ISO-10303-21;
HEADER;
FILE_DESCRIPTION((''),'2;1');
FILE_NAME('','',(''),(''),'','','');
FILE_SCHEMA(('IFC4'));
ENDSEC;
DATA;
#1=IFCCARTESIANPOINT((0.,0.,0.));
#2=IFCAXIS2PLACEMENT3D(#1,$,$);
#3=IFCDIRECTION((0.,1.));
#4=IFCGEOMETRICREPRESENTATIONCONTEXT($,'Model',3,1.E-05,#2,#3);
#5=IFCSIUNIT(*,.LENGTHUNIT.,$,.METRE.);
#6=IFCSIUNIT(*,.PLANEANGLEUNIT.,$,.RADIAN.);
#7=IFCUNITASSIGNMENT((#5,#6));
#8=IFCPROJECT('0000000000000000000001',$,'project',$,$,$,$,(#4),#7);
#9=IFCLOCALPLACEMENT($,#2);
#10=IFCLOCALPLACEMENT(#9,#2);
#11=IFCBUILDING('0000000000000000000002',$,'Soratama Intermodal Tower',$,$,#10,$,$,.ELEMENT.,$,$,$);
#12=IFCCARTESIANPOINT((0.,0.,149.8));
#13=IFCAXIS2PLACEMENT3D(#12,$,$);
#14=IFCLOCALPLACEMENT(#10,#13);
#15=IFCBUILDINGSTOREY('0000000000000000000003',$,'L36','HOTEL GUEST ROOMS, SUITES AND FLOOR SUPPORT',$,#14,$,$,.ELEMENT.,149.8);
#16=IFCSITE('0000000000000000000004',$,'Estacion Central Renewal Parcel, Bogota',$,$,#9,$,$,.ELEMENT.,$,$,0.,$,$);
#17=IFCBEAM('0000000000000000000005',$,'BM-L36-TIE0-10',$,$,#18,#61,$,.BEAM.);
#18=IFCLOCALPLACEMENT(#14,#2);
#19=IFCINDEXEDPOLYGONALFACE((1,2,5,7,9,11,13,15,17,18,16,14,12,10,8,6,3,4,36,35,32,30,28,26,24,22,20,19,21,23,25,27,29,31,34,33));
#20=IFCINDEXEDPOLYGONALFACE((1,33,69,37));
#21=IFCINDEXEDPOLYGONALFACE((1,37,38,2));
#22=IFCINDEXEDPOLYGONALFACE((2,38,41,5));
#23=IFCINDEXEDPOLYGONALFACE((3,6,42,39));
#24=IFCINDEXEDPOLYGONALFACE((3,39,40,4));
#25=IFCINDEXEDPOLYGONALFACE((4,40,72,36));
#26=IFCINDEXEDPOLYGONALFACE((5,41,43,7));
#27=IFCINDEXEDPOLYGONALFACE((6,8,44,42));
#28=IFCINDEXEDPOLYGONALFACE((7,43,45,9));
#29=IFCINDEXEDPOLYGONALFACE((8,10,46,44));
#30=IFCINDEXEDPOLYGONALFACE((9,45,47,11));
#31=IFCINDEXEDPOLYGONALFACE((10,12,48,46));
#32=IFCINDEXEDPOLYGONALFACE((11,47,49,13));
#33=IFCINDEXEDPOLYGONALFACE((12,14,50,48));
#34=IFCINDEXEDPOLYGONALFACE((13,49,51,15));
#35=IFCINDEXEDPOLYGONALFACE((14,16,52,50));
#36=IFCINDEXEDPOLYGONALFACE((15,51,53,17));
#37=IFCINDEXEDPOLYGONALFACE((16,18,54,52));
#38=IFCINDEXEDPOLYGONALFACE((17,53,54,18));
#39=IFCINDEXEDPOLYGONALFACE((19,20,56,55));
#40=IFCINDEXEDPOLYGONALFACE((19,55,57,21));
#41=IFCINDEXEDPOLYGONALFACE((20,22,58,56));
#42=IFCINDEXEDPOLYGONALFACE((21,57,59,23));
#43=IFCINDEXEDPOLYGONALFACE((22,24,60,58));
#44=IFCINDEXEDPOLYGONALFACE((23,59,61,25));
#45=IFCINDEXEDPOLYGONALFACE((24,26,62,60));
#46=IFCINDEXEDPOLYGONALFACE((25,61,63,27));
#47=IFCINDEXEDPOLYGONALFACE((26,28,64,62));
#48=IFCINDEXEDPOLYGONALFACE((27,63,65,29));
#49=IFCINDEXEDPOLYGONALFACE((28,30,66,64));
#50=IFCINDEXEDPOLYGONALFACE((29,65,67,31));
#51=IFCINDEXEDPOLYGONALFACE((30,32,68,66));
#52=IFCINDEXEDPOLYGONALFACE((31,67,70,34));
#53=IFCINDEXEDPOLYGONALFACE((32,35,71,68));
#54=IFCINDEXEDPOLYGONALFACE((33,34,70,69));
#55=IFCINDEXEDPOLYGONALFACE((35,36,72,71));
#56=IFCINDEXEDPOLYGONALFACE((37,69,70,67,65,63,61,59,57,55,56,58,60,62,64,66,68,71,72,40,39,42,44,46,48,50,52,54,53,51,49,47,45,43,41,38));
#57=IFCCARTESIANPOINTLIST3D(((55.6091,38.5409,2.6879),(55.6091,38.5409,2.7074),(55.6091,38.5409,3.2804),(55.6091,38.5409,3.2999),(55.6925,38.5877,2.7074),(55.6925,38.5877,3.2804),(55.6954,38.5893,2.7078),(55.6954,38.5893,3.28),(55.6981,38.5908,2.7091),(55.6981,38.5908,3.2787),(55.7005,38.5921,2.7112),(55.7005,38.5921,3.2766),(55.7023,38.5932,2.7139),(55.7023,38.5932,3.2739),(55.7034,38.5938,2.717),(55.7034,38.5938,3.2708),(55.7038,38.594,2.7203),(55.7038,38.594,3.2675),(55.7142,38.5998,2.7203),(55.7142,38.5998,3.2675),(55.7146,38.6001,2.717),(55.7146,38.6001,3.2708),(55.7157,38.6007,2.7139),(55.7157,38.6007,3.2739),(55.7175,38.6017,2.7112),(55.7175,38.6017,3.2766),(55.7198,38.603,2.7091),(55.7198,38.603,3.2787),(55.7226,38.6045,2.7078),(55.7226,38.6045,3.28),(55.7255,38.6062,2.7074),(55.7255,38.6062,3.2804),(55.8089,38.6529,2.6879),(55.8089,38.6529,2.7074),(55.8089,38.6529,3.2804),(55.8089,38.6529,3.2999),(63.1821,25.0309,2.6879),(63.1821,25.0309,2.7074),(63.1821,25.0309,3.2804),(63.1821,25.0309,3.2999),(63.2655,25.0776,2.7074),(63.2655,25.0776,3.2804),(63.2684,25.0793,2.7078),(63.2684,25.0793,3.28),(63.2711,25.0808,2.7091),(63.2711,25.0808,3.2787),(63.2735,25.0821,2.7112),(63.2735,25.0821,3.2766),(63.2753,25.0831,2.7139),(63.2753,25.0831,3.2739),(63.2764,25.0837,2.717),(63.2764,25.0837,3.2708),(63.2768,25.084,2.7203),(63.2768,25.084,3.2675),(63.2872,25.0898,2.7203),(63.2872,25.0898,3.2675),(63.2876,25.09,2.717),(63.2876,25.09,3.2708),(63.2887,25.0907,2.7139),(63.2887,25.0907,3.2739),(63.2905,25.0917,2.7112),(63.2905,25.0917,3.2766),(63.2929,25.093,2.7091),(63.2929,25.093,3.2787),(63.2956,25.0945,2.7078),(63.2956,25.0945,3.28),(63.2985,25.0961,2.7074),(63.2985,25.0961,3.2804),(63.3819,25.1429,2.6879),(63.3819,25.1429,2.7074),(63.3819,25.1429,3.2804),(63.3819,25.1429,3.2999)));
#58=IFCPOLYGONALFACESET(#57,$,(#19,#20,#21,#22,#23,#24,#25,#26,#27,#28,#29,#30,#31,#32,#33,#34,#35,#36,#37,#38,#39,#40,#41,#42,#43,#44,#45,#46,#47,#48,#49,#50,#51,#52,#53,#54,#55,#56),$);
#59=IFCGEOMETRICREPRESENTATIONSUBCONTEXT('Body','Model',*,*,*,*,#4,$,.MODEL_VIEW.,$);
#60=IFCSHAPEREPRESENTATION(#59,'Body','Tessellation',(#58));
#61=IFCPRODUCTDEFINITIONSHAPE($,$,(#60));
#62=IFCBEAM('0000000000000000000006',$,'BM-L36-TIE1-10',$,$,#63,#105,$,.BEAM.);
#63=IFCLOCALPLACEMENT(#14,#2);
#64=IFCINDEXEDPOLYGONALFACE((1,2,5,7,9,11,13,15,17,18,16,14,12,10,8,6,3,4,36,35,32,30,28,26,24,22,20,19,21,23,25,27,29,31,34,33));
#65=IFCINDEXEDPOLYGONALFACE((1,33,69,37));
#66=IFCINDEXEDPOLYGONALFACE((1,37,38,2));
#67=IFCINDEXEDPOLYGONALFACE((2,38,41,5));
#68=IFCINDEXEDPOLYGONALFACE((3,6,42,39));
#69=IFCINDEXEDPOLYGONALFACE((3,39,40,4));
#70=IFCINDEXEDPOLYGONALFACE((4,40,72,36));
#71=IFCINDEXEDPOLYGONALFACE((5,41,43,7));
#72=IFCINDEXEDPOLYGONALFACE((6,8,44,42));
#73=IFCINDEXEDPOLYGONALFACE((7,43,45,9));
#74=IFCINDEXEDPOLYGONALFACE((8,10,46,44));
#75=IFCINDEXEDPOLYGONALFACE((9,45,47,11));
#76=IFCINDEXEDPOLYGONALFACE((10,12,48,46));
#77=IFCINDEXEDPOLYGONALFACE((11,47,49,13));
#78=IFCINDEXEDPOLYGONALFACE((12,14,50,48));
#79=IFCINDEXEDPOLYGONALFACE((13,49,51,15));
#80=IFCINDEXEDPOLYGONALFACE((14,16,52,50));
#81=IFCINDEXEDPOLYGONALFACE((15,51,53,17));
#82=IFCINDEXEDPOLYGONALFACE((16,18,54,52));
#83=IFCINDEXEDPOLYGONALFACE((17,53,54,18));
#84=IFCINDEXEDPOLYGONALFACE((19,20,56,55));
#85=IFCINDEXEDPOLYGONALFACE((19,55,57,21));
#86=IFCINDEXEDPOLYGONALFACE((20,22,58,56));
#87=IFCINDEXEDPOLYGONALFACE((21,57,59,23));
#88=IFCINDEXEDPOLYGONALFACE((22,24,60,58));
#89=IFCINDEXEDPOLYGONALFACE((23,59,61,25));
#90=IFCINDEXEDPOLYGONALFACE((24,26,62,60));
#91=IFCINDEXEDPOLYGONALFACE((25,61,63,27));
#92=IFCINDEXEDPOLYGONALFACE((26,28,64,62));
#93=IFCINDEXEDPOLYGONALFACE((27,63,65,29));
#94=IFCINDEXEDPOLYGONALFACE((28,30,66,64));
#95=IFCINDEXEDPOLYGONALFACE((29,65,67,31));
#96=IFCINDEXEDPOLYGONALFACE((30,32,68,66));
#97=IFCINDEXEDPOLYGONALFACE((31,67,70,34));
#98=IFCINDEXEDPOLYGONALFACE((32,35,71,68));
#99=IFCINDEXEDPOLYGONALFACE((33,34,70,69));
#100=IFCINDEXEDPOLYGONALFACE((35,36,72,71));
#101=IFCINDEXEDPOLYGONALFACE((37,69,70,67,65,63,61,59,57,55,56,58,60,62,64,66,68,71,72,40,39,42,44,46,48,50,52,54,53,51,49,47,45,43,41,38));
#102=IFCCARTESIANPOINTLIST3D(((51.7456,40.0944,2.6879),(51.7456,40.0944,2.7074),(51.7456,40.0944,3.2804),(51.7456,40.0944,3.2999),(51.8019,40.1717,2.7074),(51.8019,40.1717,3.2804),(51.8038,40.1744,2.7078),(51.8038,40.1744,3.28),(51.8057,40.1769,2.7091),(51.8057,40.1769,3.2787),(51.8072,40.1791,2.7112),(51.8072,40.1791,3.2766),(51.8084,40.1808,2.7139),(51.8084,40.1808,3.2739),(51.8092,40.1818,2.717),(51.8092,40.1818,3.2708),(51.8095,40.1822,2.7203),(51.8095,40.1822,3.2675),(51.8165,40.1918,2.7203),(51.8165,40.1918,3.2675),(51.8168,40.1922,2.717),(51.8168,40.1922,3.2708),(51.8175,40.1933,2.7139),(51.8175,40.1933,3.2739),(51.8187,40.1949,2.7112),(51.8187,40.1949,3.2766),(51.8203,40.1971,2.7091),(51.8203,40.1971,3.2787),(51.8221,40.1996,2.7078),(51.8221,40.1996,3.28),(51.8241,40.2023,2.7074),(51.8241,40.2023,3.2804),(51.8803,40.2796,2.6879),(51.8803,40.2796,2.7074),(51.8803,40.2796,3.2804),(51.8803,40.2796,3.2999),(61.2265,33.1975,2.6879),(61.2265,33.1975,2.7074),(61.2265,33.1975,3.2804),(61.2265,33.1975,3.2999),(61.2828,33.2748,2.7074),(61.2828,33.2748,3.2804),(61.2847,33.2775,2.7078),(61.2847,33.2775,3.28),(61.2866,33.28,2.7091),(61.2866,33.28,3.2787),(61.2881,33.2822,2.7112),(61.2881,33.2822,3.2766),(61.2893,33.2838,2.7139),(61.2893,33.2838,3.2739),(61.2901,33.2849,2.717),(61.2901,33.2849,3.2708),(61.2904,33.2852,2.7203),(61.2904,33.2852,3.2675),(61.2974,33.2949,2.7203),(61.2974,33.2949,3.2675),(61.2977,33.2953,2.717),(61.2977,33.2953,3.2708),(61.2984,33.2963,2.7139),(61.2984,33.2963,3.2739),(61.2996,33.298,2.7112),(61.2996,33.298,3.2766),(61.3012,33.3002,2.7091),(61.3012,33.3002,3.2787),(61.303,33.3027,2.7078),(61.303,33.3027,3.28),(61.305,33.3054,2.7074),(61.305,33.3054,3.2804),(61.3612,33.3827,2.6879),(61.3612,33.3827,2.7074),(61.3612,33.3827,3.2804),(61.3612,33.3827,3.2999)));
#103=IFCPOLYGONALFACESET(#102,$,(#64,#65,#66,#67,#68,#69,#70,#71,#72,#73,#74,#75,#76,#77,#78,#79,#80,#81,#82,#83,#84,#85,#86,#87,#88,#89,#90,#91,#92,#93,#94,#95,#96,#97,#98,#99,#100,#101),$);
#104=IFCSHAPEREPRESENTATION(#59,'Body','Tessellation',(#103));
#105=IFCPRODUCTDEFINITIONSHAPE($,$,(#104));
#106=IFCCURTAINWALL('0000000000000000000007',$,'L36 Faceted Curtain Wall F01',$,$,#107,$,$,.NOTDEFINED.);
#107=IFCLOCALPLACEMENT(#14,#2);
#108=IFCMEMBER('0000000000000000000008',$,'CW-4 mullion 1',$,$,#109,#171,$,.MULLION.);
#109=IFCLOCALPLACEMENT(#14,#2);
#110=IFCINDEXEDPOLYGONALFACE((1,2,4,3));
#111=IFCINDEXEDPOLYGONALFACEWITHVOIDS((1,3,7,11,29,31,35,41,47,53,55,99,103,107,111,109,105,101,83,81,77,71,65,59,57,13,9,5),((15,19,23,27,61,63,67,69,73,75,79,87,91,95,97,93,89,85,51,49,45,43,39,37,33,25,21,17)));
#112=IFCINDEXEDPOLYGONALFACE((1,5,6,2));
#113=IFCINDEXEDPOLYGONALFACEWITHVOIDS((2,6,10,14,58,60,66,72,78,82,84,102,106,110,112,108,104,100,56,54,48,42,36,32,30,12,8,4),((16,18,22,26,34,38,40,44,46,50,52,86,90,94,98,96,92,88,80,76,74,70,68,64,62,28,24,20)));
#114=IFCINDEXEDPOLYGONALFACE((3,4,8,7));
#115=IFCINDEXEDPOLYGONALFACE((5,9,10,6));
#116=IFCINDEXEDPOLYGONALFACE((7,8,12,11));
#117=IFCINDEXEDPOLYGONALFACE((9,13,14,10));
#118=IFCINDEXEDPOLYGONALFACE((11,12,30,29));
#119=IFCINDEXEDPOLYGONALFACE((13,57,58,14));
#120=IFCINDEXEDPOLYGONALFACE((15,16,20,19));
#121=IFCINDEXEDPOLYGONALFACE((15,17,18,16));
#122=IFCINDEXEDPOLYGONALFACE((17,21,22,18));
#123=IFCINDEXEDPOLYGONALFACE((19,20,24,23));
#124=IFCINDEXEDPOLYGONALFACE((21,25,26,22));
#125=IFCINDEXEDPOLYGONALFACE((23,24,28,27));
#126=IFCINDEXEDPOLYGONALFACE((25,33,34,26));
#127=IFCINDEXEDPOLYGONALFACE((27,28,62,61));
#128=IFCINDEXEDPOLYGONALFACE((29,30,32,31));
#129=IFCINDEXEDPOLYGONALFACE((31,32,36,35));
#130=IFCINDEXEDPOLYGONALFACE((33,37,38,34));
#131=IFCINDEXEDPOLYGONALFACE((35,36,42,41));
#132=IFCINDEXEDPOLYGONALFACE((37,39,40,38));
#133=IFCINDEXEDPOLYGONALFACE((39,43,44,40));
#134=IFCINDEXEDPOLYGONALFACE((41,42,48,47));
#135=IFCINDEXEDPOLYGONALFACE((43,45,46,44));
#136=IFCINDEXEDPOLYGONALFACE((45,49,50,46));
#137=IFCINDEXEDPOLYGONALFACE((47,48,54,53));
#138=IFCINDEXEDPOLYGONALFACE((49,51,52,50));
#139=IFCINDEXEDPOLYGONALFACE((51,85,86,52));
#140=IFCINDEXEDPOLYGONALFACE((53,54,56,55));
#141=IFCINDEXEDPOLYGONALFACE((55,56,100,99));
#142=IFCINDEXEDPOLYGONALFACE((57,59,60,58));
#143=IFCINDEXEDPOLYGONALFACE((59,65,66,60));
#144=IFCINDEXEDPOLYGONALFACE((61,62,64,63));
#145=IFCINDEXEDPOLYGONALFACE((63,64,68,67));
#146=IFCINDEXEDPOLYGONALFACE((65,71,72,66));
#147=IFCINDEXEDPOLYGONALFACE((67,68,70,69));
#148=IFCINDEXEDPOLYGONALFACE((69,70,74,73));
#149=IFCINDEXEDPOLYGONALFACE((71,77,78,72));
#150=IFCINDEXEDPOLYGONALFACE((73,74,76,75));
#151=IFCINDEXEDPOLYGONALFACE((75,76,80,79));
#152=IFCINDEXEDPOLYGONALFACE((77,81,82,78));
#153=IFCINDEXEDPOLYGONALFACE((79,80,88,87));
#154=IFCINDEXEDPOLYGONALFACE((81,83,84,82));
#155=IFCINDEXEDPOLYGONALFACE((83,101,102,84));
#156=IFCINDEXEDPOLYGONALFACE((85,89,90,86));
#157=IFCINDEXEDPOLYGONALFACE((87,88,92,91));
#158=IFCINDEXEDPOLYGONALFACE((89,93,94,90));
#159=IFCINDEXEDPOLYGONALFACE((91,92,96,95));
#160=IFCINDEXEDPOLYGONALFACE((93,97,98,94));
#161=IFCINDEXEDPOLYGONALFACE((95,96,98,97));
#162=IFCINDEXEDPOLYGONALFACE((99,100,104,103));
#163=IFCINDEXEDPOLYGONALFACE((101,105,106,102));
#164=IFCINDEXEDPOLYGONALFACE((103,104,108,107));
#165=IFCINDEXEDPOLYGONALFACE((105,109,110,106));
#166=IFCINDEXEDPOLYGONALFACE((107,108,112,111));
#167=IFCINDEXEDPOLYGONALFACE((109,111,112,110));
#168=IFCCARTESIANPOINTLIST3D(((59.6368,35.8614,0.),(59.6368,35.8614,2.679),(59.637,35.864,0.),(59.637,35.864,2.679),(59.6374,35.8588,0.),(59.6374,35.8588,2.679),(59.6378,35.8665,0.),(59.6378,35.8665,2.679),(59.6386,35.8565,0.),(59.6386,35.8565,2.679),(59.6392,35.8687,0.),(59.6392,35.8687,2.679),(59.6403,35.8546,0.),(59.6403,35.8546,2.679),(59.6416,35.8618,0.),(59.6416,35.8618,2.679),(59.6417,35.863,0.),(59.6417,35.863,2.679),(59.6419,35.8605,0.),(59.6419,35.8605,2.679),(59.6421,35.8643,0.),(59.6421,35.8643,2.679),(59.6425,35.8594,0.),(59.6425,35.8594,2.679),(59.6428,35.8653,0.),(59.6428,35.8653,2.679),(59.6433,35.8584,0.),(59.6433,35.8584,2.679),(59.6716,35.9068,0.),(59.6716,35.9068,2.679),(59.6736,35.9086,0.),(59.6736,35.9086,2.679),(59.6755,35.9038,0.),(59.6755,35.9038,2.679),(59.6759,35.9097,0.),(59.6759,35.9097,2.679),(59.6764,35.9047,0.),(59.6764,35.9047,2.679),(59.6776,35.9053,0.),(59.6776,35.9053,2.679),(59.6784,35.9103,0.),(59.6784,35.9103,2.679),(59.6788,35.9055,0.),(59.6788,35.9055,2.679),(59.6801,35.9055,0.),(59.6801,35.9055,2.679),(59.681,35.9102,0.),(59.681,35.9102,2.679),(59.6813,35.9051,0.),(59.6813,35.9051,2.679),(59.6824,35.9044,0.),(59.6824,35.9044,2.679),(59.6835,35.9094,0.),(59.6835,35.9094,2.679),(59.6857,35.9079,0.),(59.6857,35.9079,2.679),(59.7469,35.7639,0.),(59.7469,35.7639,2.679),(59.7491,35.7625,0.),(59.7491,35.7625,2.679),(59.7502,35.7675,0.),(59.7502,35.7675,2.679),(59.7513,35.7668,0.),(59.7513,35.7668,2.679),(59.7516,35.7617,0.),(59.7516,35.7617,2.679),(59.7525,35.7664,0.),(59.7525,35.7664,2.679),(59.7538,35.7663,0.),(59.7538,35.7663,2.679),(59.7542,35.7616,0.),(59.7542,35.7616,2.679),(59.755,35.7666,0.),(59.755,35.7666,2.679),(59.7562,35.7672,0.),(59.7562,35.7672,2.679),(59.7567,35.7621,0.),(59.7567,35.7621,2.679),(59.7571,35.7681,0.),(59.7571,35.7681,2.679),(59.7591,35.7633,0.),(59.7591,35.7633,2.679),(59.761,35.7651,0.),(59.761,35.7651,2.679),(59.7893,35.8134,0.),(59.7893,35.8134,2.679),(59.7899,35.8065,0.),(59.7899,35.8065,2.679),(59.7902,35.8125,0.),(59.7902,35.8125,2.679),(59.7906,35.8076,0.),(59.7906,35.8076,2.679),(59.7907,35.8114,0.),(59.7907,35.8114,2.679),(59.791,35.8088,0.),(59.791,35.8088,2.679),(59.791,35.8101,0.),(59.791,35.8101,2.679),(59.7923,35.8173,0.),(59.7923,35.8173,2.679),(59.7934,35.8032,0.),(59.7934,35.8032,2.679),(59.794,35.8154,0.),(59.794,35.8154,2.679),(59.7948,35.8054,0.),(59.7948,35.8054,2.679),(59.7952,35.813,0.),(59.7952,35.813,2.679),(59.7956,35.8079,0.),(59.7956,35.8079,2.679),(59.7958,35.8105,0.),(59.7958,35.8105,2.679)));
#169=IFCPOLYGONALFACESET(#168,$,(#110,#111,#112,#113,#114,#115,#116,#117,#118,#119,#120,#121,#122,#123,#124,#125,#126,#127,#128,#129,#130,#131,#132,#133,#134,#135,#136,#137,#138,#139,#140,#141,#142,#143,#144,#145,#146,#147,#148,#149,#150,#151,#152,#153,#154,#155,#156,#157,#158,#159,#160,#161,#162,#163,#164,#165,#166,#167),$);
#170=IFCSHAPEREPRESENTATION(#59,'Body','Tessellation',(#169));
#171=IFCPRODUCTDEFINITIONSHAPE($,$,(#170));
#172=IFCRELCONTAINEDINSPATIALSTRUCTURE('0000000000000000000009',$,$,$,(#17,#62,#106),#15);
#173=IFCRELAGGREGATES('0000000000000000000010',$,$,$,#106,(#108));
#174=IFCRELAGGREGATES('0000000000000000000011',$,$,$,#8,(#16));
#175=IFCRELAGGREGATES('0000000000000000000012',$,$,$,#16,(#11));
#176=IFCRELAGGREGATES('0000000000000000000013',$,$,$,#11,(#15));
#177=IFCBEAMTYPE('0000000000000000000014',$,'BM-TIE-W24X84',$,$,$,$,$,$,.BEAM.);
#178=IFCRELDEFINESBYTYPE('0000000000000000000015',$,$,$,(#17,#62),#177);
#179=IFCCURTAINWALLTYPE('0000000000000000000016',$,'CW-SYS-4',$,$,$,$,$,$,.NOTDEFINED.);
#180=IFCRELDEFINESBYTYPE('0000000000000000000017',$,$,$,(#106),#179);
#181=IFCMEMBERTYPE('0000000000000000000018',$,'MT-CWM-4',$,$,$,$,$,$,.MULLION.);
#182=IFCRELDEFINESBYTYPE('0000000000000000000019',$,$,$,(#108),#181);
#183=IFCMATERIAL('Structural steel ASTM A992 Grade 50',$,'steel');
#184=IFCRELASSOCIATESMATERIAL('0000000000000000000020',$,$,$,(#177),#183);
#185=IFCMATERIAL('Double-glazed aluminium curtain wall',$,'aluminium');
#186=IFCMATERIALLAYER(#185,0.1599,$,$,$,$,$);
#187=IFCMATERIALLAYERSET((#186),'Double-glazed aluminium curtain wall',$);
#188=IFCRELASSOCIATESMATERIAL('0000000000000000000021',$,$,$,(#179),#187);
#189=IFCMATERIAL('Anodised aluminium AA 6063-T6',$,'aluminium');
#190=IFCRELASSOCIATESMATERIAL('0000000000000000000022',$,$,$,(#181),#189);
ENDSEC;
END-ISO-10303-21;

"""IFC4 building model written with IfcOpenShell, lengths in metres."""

from ifc_helpers import new_model, si_unit, direction, frame, origin, origin_2d, place, context, subcontext, project, spatial, hollow_rectangle, i_section, extrude, material, layer, layer_set, material_profile, profile_set, type_object, element, aggregate, save


model = new_model("IFC4")

# Units and contexts
model_context = context("Model", 3, precision=1e-05, world=origin(), true_north=direction((0.0, 1.0)))
body_context = subcontext(model_context, "Body", "Model", "MODEL_VIEW")
ifc_project = project(units=[si_unit("LENGTHUNIT", "METRE"), si_unit("PLANEANGLEUNIT", "RADIAN")], contexts=[model_context])

# Site, building, storey
site_placement = place(None, origin())
site = spatial("IfcSite", under=ifc_project, at=site_placement, Name="Estacion Central Renewal Parcel, Bogota", CompositionType="ELEMENT", RefElevation=0.0)
building_placement = place(site_placement, origin())
building = spatial("IfcBuilding", under=site, at=building_placement, Name="Soratama Intermodal Tower", CompositionType="ELEMENT")
storey_placement = place(building_placement, frame((0.0, 0.0, 149.8)))
storey = spatial("IfcBuildingStorey", under=building, at=storey_placement, Name="L36", Description="HOTEL GUEST ROOMS, SUITES AND FLOOR SUPPORT", CompositionType="ELEMENT", Elevation=149.8)

# Beams
ifc_material_1 = material(Name="Structural steel ASTM A992 Grade 50", Category="steel")
ifc_material_profile_1 = material_profile(ifc_material_1, i_section(OverallWidth=0.229, OverallDepth=0.6121, WebThickness=0.012, FlangeThickness=0.0195, FilletRadius=0.0129, at=origin_2d()), Name="W24X84")
ifc_profile_set_1 = profile_set([ifc_material_profile_1], Name="Structural steel ASTM A992 Grade 50")
beam_type_1 = type_object("IfcBeamType", Name="BM-TIE-W24X84", PredefinedType="BEAM", material=ifc_profile_set_1)
beam_1_placement = place(storey_placement, frame((55.709, 38.5969, 2.9939), z_axis=(0.488967, -0.872302, 0.0), x_axis=(0.872302, 0.488967, 0.0)))
element("IfcBeam", 1, at=beam_1_placement, inside=storey, type_object=beam_type_1, Name="BM-L36-TIE0-10", PredefinedType="BEAM", context=body_context, shape_type="SweptSolid", body=[
    extrude(i_section(OverallWidth=0.229, OverallDepth=0.6121, WebThickness=0.012, FlangeThickness=0.0195, FilletRadius=0.0129, at=origin_2d()), origin(), (0.0, 0.0, 1.0), 15.4878),
])
beam_2_placement = place(storey_placement, frame((51.813, 40.187, 2.9939), z_axis=(0.808666, -0.588268, 0.0), x_axis=(0.588268, 0.808666, 0.0)))
element("IfcBeam", 2, at=beam_2_placement, inside=storey, type_object=beam_type_1, Name="BM-L36-TIE1-10", PredefinedType="BEAM", context=body_context, shape_type="SweptSolid", body=[
    extrude(i_section(OverallWidth=0.229, OverallDepth=0.6121, WebThickness=0.012, FlangeThickness=0.0195, FilletRadius=0.0129, at=origin_2d()), origin(), (0.0, 0.0, 1.0), 11.7241),
])

# Curtain wall, member
ifc_material_2 = material(Name="Double-glazed aluminium curtain wall", Category="aluminium")
ifc_layer_1 = layer(ifc_material_2, 0.1599)
ifc_layer_set_1 = layer_set([ifc_layer_1], Name="Double-glazed aluminium curtain wall")
curtain_wall_type = type_object("IfcCurtainWallType", Name="CW-SYS-4", PredefinedType="NOTDEFINED", material=ifc_layer_set_1)
curtain_wall_placement = place(storey_placement, origin())
curtain_wall = element("IfcCurtainWall", 3, at=curtain_wall_placement, inside=storey, type_object=curtain_wall_type, Name="L36 Faceted Curtain Wall F01", PredefinedType="NOTDEFINED")
ifc_material_3 = material(Name="Anodised aluminium AA 6063-T6", Category="aluminium")
ifc_material_profile_2 = material_profile(ifc_material_3, hollow_rectangle(XDim=0.0701, YDim=0.1599, WallThickness=0.0049, InnerFilletRadius=0.0049, OuterFilletRadius=0.01, at=origin_2d()), Name="CWM160X70X5")
ifc_profile_set_2 = profile_set([ifc_material_profile_2], Name="Anodised aluminium AA 6063-T6")
member_type_1 = type_object("IfcMemberType", Name="MT-CWM-4", PredefinedType="MULLION", material=ifc_profile_set_2)
member_1_placement = place(storey_placement, frame((59.7163, 35.8359, 0.0), z_axis=(0.0, 0.0, 1.0), x_axis=(-0.647857, -0.761762, 0.0)))
member_1 = element("IfcMember", 4, at=member_1_placement, type_object=member_type_1, Name="CW-4 mullion 1", PredefinedType="MULLION", context=body_context, shape_type="SweptSolid", body=[
    extrude(hollow_rectangle(XDim=0.0701, YDim=0.1599, WallThickness=0.0049, InnerFilletRadius=0.0049, OuterFilletRadius=0.01, at=origin_2d()), origin(), (0.0, 0.0, 1.0), 2.679),
])
aggregate(curtain_wall, [member_1])

save(model, "model.ifc")
